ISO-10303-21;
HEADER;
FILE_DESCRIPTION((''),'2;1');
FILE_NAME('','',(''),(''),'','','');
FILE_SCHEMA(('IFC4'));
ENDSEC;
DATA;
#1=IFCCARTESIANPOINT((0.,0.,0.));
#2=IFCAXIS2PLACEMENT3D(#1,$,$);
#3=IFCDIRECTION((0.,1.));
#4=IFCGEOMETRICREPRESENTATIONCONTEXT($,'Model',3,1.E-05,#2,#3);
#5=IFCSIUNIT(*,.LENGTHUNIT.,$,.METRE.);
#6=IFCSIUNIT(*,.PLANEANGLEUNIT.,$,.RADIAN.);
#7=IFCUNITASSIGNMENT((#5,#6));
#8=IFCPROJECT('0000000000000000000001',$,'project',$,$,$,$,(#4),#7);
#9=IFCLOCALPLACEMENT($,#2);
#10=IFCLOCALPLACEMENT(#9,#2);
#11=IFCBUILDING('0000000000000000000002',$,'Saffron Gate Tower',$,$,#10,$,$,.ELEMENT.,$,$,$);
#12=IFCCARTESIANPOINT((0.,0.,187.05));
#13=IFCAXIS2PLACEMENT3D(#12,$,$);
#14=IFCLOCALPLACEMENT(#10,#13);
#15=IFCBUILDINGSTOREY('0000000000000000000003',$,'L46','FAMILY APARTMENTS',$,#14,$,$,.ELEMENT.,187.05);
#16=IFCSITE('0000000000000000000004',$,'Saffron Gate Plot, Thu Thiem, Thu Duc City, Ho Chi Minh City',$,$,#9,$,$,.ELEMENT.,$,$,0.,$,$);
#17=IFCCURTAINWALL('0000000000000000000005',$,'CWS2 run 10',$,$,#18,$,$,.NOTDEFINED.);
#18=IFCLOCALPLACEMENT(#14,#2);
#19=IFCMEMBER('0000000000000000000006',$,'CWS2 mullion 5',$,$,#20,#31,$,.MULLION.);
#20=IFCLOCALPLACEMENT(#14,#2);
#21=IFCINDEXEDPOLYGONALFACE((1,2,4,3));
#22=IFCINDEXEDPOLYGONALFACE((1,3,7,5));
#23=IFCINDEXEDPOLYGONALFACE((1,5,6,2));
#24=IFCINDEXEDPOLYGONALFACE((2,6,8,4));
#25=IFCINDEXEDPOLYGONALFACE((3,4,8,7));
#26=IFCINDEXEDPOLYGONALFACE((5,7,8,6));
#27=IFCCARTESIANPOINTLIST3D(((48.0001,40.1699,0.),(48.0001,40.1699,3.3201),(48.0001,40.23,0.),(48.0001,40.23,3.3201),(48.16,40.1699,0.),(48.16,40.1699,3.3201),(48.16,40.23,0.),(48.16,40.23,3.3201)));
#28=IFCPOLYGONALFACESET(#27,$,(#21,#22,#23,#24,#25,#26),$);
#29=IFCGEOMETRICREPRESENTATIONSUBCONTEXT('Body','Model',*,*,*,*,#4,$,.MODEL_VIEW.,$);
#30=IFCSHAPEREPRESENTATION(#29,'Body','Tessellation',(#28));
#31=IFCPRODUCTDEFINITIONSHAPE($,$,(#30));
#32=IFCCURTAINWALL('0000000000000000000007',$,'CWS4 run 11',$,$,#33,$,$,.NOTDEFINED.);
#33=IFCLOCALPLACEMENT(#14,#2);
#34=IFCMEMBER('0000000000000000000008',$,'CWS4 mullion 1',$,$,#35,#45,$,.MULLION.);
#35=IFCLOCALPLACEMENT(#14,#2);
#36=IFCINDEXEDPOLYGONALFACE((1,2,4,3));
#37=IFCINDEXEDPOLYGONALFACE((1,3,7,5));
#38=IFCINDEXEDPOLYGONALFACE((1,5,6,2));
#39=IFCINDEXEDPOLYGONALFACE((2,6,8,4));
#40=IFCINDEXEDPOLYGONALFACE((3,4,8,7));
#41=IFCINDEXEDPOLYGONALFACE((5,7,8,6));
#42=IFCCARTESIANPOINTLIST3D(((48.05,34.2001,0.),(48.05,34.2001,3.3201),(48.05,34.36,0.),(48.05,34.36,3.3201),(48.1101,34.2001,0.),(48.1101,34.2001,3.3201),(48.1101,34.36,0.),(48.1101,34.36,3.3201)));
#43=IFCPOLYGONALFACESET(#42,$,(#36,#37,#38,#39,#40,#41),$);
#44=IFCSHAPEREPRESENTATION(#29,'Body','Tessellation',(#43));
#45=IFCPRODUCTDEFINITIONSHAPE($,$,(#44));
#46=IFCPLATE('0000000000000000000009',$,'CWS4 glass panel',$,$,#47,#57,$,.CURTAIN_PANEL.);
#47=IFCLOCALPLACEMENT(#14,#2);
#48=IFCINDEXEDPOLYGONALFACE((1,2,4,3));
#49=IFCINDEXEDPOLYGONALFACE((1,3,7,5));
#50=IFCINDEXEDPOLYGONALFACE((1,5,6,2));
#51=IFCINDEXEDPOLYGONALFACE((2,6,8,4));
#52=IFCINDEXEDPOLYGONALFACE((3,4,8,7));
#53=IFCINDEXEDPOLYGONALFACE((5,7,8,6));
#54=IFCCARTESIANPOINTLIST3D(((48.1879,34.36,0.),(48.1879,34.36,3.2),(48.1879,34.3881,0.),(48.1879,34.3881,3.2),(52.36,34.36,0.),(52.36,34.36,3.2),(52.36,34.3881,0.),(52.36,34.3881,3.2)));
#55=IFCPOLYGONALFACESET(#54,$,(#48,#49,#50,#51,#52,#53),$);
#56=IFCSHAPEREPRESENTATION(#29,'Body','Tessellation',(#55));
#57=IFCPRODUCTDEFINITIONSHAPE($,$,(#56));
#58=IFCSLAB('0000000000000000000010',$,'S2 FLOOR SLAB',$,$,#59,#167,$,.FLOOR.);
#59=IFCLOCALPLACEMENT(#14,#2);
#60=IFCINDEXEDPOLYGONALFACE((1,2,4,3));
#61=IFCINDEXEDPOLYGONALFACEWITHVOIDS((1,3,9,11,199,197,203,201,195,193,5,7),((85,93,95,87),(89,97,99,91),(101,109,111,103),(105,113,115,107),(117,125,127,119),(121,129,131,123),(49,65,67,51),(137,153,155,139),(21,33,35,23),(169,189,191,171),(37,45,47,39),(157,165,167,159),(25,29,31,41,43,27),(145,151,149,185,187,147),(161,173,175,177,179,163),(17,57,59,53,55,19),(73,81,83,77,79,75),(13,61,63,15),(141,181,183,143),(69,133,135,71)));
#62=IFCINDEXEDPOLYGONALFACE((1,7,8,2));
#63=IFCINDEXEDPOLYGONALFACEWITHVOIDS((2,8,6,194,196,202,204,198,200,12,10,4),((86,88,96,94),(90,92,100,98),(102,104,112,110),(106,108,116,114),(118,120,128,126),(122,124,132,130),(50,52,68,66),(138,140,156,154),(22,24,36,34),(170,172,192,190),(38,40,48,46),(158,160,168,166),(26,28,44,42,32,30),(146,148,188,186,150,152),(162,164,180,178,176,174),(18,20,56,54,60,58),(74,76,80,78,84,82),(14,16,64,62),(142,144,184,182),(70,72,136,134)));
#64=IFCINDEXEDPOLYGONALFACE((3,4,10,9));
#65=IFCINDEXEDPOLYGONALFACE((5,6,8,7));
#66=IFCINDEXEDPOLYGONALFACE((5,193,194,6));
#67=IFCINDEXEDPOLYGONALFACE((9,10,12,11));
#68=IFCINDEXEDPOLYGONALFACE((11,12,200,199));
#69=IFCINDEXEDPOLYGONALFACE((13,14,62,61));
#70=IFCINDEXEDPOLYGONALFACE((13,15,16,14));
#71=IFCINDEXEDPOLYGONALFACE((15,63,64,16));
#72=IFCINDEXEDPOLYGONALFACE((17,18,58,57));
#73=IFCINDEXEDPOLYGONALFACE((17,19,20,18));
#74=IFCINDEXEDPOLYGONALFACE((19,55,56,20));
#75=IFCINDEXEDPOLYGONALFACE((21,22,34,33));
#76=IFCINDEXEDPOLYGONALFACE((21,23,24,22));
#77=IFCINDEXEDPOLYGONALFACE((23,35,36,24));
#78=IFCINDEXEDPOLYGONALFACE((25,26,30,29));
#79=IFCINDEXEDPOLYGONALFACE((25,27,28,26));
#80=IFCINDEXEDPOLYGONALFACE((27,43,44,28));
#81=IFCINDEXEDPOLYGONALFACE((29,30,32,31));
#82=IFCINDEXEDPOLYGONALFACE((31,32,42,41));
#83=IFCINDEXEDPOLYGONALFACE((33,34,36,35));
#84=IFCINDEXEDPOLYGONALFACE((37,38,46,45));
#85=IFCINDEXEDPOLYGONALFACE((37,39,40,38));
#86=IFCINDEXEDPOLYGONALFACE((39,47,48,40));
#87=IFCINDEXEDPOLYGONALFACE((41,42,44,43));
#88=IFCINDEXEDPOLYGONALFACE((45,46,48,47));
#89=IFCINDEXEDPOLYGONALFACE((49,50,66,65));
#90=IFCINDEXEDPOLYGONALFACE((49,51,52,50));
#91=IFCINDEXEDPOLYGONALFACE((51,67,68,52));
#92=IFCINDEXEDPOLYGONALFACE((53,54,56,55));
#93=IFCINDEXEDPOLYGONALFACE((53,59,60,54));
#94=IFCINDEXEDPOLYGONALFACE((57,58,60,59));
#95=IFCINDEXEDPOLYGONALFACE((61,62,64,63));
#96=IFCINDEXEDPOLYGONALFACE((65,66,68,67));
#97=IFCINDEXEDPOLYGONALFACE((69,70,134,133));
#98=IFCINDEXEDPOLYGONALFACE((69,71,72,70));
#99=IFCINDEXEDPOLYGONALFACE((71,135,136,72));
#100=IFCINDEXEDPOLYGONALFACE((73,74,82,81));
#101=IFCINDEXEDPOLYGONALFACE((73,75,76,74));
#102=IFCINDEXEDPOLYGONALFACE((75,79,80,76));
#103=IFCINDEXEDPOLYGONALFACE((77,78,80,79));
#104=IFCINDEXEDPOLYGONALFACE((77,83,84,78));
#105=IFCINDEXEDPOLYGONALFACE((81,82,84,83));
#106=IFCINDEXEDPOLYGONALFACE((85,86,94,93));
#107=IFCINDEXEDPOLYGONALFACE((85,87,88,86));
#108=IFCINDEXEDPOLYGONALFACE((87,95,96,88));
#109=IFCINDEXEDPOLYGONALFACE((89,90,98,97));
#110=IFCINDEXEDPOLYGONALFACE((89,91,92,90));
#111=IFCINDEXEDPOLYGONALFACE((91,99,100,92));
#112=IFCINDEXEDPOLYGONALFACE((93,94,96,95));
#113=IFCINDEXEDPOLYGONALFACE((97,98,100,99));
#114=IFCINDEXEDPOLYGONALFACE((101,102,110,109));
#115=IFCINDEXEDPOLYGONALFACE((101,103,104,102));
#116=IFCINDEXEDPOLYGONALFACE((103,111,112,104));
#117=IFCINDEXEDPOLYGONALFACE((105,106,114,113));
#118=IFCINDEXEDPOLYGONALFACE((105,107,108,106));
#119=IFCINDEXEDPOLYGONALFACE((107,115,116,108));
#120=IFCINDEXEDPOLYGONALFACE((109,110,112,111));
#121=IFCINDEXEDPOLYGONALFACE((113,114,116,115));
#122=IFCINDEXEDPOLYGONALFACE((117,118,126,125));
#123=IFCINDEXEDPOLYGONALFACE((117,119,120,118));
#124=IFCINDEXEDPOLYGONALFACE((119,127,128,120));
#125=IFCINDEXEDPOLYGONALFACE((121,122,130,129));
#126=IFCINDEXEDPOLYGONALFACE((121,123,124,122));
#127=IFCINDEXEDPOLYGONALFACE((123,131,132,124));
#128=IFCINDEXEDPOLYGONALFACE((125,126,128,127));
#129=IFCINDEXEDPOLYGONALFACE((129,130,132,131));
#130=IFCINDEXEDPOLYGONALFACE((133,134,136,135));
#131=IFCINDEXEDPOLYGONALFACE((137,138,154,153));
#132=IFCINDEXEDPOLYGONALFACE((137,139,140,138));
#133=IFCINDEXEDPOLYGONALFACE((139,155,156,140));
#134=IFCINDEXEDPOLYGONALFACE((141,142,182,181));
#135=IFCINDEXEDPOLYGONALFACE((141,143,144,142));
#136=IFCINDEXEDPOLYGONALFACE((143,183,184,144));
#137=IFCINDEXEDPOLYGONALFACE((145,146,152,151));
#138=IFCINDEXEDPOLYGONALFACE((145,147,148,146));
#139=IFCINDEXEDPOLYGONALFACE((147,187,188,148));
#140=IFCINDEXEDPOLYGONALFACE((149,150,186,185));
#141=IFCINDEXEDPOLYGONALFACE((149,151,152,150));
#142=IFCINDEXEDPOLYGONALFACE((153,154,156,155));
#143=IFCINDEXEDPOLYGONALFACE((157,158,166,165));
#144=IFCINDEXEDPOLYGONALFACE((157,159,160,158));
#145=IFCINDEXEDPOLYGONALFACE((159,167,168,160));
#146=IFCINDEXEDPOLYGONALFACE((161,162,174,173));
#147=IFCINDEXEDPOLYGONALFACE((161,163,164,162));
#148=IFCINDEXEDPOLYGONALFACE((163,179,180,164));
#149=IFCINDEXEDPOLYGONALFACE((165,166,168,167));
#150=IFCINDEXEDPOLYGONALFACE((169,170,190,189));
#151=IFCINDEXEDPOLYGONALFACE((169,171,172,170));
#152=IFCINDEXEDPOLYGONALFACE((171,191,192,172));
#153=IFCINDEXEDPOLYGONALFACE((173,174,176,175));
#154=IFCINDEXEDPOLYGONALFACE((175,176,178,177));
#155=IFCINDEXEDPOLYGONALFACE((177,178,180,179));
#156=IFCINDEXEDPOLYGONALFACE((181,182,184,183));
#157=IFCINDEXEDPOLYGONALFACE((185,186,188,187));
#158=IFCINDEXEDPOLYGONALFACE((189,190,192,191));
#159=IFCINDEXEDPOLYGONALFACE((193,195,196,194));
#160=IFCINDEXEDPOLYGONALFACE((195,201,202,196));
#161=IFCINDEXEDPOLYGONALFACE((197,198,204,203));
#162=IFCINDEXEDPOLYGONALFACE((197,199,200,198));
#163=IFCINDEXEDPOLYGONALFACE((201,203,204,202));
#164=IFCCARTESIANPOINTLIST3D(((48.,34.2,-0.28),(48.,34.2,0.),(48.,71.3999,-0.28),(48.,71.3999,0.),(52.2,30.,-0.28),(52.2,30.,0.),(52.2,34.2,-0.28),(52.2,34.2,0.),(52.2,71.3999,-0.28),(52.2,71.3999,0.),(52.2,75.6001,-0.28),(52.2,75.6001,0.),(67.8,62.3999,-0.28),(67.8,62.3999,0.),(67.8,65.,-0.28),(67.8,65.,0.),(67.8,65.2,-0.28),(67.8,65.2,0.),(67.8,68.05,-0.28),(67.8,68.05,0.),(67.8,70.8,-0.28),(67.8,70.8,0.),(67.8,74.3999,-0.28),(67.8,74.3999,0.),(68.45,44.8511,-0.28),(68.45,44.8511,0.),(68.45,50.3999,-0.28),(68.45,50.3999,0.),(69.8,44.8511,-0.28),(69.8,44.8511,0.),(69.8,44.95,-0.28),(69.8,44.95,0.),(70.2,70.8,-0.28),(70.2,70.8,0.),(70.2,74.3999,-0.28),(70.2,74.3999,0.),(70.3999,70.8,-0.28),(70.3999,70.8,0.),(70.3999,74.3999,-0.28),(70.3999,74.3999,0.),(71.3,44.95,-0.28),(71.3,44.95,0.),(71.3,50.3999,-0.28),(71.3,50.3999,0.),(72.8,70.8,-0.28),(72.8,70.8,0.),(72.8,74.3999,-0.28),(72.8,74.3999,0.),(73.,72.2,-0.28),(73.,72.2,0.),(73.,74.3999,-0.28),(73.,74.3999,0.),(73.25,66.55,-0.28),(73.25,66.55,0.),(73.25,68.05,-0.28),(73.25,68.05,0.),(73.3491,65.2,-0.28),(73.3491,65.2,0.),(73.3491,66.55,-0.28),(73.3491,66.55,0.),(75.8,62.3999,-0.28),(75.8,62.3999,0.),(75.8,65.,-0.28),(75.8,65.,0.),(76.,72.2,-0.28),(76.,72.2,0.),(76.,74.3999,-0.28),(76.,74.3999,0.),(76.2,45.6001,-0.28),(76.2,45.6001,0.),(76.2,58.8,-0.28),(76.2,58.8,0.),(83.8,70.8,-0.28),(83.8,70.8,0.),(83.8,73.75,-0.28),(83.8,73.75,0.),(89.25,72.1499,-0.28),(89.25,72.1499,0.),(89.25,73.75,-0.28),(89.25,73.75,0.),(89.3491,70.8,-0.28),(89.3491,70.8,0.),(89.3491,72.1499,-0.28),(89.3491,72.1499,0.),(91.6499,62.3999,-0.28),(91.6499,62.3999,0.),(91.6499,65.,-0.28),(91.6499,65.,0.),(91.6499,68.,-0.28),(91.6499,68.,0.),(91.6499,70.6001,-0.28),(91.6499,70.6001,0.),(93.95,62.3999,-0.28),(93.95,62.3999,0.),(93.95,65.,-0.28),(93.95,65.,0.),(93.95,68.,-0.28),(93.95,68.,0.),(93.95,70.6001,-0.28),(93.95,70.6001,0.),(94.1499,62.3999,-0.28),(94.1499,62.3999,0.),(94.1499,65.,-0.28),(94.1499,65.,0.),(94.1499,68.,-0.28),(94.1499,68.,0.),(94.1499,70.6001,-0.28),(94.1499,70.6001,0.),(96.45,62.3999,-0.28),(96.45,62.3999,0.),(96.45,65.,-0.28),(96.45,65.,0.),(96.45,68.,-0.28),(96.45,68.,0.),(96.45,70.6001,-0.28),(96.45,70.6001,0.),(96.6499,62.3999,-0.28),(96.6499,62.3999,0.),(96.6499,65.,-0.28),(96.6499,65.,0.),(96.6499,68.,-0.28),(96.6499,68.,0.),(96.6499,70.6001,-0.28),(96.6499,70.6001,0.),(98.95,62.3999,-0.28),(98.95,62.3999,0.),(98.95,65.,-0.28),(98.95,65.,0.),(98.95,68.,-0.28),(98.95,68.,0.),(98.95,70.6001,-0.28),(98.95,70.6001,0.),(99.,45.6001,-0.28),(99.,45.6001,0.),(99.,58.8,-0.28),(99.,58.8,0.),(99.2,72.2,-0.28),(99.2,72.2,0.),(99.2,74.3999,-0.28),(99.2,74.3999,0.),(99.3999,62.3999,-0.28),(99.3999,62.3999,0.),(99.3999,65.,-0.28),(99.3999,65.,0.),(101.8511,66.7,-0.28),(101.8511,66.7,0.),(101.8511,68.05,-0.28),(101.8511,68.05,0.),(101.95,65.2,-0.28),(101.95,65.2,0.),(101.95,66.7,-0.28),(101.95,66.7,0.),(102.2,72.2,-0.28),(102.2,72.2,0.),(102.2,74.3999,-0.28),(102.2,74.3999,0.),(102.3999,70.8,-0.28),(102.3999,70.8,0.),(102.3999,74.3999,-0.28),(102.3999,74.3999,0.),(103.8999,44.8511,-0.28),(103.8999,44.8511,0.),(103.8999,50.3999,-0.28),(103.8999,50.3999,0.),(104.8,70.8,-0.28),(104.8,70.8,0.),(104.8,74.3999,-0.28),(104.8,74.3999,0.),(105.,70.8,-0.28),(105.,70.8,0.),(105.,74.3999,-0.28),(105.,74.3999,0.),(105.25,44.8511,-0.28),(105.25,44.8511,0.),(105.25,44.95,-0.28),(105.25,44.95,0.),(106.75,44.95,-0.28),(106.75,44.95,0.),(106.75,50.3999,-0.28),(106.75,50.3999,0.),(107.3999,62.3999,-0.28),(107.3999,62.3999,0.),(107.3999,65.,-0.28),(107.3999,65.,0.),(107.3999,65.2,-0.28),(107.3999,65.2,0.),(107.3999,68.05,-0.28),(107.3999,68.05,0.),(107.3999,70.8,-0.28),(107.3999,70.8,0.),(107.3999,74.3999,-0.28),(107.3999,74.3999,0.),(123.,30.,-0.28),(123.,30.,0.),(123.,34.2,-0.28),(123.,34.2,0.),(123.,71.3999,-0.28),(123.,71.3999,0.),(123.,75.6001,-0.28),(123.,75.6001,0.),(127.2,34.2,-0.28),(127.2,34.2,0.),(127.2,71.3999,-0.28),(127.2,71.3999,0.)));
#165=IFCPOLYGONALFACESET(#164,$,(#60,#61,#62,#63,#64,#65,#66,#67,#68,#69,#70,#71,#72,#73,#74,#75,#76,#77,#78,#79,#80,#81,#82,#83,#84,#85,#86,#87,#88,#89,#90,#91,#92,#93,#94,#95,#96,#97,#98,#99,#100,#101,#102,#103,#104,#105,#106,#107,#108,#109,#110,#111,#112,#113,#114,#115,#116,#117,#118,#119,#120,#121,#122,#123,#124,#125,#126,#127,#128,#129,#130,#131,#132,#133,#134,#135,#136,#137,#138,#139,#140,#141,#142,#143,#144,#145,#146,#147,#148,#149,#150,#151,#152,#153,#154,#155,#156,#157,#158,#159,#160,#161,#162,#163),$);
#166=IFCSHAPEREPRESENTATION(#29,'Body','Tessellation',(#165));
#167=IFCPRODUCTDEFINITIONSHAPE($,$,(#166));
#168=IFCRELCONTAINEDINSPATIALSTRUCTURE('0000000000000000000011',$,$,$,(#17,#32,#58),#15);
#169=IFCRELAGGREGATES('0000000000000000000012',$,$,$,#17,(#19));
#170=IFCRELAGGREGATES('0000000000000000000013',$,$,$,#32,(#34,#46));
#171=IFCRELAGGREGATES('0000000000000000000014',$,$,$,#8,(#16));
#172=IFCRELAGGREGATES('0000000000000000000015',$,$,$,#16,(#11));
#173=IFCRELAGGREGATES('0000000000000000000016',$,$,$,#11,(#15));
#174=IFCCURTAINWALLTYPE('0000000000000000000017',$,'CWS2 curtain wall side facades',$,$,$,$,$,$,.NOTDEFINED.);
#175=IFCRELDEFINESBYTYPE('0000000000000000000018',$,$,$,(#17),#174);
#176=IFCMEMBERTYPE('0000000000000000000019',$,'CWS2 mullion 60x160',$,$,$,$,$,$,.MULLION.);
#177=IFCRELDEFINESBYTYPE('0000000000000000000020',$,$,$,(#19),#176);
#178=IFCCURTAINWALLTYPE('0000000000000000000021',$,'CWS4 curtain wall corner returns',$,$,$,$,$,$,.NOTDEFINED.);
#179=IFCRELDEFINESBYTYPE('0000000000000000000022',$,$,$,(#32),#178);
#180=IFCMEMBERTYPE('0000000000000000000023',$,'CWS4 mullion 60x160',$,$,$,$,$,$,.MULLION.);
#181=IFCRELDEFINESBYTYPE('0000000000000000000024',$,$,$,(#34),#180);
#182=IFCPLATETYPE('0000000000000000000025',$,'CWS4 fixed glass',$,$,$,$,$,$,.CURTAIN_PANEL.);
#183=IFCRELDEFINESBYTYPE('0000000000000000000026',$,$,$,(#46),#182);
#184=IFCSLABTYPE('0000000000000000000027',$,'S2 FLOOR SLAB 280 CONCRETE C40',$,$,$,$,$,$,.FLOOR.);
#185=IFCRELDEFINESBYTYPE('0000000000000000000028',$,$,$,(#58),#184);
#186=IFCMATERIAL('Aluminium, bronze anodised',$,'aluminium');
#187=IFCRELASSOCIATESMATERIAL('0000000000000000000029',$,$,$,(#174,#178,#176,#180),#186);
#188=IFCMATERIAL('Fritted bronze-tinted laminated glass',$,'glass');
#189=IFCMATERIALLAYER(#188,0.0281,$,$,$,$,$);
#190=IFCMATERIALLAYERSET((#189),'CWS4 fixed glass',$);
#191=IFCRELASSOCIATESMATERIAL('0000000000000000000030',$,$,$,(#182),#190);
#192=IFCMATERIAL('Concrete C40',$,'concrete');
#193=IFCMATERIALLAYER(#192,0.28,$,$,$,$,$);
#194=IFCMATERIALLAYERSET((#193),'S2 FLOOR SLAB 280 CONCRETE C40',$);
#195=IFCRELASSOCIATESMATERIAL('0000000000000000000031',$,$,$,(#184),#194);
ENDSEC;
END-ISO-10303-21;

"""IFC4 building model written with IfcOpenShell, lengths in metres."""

from ifc_helpers import new_model, si_unit, direction, frame, frame_2d, origin, origin_2d, place, context, subcontext, project, spatial, polyline, rectangle, outline, extrude, material, layer, layer_set, material_profile, profile_set, type_object, element, aggregate, save


model = new_model("IFC4")

# Units and contexts
model_context = context("Model", 3, precision=1e-05, world=origin(), true_north=direction((0.0, 1.0)))
body_context = subcontext(model_context, "Body", "Model", "MODEL_VIEW")
ifc_project = project(units=[si_unit("LENGTHUNIT", "METRE"), si_unit("PLANEANGLEUNIT", "RADIAN")], contexts=[model_context])

# Site, building, storey
site_placement = place(None, origin())
site = spatial("IfcSite", under=ifc_project, at=site_placement, Name="Saffron Gate Plot, Thu Thiem, Thu Duc City, Ho Chi Minh City", CompositionType="ELEMENT", RefElevation=0.0)
building_placement = place(site_placement, origin())
building = spatial("IfcBuilding", under=site, at=building_placement, Name="Saffron Gate Tower", CompositionType="ELEMENT")
storey_placement = place(building_placement, frame((0.0, 0.0, 187.05)))
storey = spatial("IfcBuildingStorey", under=building, at=storey_placement, Name="L46", Description="FAMILY APARTMENTS", CompositionType="ELEMENT", Elevation=187.05)

# Curtain wall, member
ifc_material_1 = material(Name="Aluminium, bronze anodised", Category="aluminium")
curtain_wall_type_1 = type_object("IfcCurtainWallType", Name="CWS2 curtain wall side facades", PredefinedType="NOTDEFINED", material=ifc_material_1)
curtain_wall_1_placement = place(storey_placement, origin())
curtain_wall_1 = element("IfcCurtainWall", 1, at=curtain_wall_1_placement, inside=storey, type_object=curtain_wall_type_1, Name="CWS2 run 10", PredefinedType="NOTDEFINED")
ifc_material_profile_1 = material_profile(ifc_material_1, rectangle(XDim=0.1599, YDim=0.0601, at=origin_2d()))
ifc_profile_set_1 = profile_set([ifc_material_profile_1], Name="Aluminium, bronze anodised")
member_type_1 = type_object("IfcMemberType", Name="CWS2 mullion 60x160", PredefinedType="MULLION", material=ifc_profile_set_1)
member_1_placement = place(storey_placement, frame((48.0801, 40.2, 0.0), z_axis=(0.0, 0.0, 1.0), x_axis=(1.0, 0.0, 0.0)))
member_1 = element("IfcMember", 2, at=member_1_placement, type_object=member_type_1, Name="CWS2 mullion 5", PredefinedType="MULLION", context=body_context, shape_type="SweptSolid", body=[
    extrude(rectangle(XDim=0.1599, YDim=0.0601, at=origin_2d()), origin(), (0.0, 0.0, 1.0), 3.3201),
])
aggregate(curtain_wall_1, [member_1])

# Curtain wall, member, plate
curtain_wall_type_2 = type_object("IfcCurtainWallType", Name="CWS4 curtain wall corner returns", PredefinedType="NOTDEFINED", material=ifc_material_1)
curtain_wall_2_placement = place(storey_placement, origin())
curtain_wall_2 = element("IfcCurtainWall", 3, at=curtain_wall_2_placement, inside=storey, type_object=curtain_wall_type_2, Name="CWS4 run 11", PredefinedType="NOTDEFINED")
ifc_material_profile_2 = material_profile(ifc_material_1, rectangle(XDim=0.1599, YDim=0.0601, at=origin_2d()))
ifc_profile_set_2 = profile_set([ifc_material_profile_2], Name="Aluminium, bronze anodised")
member_type_2 = type_object("IfcMemberType", Name="CWS4 mullion 60x160", PredefinedType="MULLION", material=ifc_profile_set_2)
member_2_placement = place(storey_placement, frame((48.0801, 34.28, 0.0), z_axis=(0.0, 0.0, 1.0), x_axis=(0.0, 1.0, 0.0)))
member_2 = element("IfcMember", 4, at=member_2_placement, type_object=member_type_2, Name="CWS4 mullion 1", PredefinedType="MULLION", context=body_context, shape_type="SweptSolid", body=[
    extrude(rectangle(XDim=0.1599, YDim=0.0601, at=origin_2d()), origin(), (0.0, 0.0, 1.0), 3.3201),
])
ifc_material_2 = material(Name="Fritted bronze-tinted laminated glass", Category="glass")
ifc_layer_1 = layer(ifc_material_2, 0.0281)
ifc_layer_set_1 = layer_set([ifc_layer_1], Name="CWS4 fixed glass")
plate_type = type_object("IfcPlateType", Name="CWS4 fixed glass", PredefinedType="CURTAIN_PANEL", material=ifc_layer_set_1)
plate_placement = place(storey_placement, frame((48.188, 34.374, 0.0), z_axis=(0.0, 0.0, 1.0), x_axis=(1.0, 0.0, 0.0)))
plate = element("IfcPlate", 5, at=plate_placement, type_object=plate_type, Name="CWS4 glass panel", PredefinedType="CURTAIN_PANEL", context=body_context, shape_type="SweptSolid", body=[
    extrude(rectangle(XDim=4.1721, YDim=0.0281, at=frame_2d((2.0859, 0.0))), origin(), (0.0, 0.0, 1.0), 3.2),
])
aggregate(curtain_wall_2, [member_2, plate])

# Slab
ifc_material_3 = material(Name="Concrete C40", Category="concrete")
ifc_layer_2 = layer(ifc_material_3, 0.28)
ifc_layer_set_2 = layer_set([ifc_layer_2], Name="S2 FLOOR SLAB 280 CONCRETE C40")
slab_type_1 = type_object("IfcSlabType", Name="S2 FLOOR SLAB 280 CONCRETE C40", PredefinedType="FLOOR", material=ifc_layer_set_2)
slab_1_placement = place(storey_placement, frame((0.0, 0.0, -0.28)))
element("IfcSlab", 6, at=slab_1_placement, inside=storey, type_object=slab_type_1, Name="S2 FLOOR SLAB", PredefinedType="FLOOR", context=body_context, shape_type="SweptSolid", body=[
    extrude(outline(polyline([(48.0, 34.2), (52.2, 34.2), (52.2, 30.0), (123.0, 30.0), (123.0, 34.2), (127.2, 34.2), (127.2, 71.3999), (123.0, 71.3999), (123.0, 75.6001), (52.2, 75.6001), (52.2, 71.3999), (48.0, 71.3999), (48.0, 34.2)]), holes=[polyline([(67.8, 62.3999), (67.8, 65.0), (75.8, 65.0), (75.8, 62.3999), (67.8, 62.3999)]), polyline([(67.8, 65.2), (67.8, 68.05), (73.25, 68.05), (73.25, 66.55), (73.3491, 66.55), (73.3491, 65.2), (67.8, 65.2)]), polyline([(67.8, 70.8), (67.8, 74.3999), (70.2, 74.3999), (70.2, 70.8), (67.8, 70.8)]), polyline([(68.45, 44.8511), (68.45, 50.3999), (71.3, 50.3999), (71.3, 44.95), (69.8, 44.95), (69.8, 44.8511), (68.45, 44.8511)]), polyline([(70.3999, 70.8), (70.3999, 74.3999), (72.8, 74.3999), (72.8, 70.8), (70.3999, 70.8)]), polyline([(73.0, 72.2), (73.0, 74.3999), (76.0, 74.3999), (76.0, 72.2), (73.0, 72.2)]), polyline([(76.2, 45.6001), (76.2, 58.8), (99.0, 58.8), (99.0, 45.6001), (76.2, 45.6001)]), polyline([(83.8, 70.8), (83.8, 73.75), (89.25, 73.75), (89.25, 72.1499), (89.3491, 72.1499), (89.3491, 70.8), (83.8, 70.8)]), polyline([(91.6499, 62.3999), (91.6499, 65.0), (93.95, 65.0), (93.95, 62.3999), (91.6499, 62.3999)]), polyline([(91.6499, 68.0), (91.6499, 70.6001), (93.95, 70.6001), (93.95, 68.0), (91.6499, 68.0)]), polyline([(94.1499, 62.3999), (94.1499, 65.0), (96.45, 65.0), (96.45, 62.3999), (94.1499, 62.3999)]), polyline([(94.1499, 68.0), (94.1499, 70.6001), (96.45, 70.6001), (96.45, 68.0), (94.1499, 68.0)]), polyline([(96.6499, 62.3999), (96.6499, 65.0), (98.95, 65.0), (98.95, 62.3999), (96.6499, 62.3999)]), polyline([(96.6499, 68.0), (96.6499, 70.6001), (98.95, 70.6001), (98.95, 68.0), (96.6499, 68.0)]), polyline([(99.2, 72.2), (99.2, 74.3999), (102.2, 74.3999), (102.2, 72.2), (99.2, 72.2)]), polyline([(99.3999, 62.3999), (99.3999, 65.0), (107.3999, 65.0), (107.3999, 62.3999), (99.3999, 62.3999)]), polyline([(101.8511, 66.7), (101.8511, 68.05), (107.3999, 68.05), (107.3999, 65.2), (101.95, 65.2), (101.95, 66.7), (101.8511, 66.7)]), polyline([(102.3999, 70.8), (102.3999, 74.3999), (104.8, 74.3999), (104.8, 70.8), (102.3999, 70.8)]), polyline([(103.8999, 44.8511), (103.8999, 50.3999), (106.75, 50.3999), (106.75, 44.95), (105.25, 44.95), (105.25, 44.8511), (103.8999, 44.8511)]), polyline([(105.0, 70.8), (105.0, 74.3999), (107.3999, 74.3999), (107.3999, 70.8), (105.0, 70.8)])]), origin(), (0.0, 0.0, 1.0), 0.28),
])

save(model, "model.ifc")
